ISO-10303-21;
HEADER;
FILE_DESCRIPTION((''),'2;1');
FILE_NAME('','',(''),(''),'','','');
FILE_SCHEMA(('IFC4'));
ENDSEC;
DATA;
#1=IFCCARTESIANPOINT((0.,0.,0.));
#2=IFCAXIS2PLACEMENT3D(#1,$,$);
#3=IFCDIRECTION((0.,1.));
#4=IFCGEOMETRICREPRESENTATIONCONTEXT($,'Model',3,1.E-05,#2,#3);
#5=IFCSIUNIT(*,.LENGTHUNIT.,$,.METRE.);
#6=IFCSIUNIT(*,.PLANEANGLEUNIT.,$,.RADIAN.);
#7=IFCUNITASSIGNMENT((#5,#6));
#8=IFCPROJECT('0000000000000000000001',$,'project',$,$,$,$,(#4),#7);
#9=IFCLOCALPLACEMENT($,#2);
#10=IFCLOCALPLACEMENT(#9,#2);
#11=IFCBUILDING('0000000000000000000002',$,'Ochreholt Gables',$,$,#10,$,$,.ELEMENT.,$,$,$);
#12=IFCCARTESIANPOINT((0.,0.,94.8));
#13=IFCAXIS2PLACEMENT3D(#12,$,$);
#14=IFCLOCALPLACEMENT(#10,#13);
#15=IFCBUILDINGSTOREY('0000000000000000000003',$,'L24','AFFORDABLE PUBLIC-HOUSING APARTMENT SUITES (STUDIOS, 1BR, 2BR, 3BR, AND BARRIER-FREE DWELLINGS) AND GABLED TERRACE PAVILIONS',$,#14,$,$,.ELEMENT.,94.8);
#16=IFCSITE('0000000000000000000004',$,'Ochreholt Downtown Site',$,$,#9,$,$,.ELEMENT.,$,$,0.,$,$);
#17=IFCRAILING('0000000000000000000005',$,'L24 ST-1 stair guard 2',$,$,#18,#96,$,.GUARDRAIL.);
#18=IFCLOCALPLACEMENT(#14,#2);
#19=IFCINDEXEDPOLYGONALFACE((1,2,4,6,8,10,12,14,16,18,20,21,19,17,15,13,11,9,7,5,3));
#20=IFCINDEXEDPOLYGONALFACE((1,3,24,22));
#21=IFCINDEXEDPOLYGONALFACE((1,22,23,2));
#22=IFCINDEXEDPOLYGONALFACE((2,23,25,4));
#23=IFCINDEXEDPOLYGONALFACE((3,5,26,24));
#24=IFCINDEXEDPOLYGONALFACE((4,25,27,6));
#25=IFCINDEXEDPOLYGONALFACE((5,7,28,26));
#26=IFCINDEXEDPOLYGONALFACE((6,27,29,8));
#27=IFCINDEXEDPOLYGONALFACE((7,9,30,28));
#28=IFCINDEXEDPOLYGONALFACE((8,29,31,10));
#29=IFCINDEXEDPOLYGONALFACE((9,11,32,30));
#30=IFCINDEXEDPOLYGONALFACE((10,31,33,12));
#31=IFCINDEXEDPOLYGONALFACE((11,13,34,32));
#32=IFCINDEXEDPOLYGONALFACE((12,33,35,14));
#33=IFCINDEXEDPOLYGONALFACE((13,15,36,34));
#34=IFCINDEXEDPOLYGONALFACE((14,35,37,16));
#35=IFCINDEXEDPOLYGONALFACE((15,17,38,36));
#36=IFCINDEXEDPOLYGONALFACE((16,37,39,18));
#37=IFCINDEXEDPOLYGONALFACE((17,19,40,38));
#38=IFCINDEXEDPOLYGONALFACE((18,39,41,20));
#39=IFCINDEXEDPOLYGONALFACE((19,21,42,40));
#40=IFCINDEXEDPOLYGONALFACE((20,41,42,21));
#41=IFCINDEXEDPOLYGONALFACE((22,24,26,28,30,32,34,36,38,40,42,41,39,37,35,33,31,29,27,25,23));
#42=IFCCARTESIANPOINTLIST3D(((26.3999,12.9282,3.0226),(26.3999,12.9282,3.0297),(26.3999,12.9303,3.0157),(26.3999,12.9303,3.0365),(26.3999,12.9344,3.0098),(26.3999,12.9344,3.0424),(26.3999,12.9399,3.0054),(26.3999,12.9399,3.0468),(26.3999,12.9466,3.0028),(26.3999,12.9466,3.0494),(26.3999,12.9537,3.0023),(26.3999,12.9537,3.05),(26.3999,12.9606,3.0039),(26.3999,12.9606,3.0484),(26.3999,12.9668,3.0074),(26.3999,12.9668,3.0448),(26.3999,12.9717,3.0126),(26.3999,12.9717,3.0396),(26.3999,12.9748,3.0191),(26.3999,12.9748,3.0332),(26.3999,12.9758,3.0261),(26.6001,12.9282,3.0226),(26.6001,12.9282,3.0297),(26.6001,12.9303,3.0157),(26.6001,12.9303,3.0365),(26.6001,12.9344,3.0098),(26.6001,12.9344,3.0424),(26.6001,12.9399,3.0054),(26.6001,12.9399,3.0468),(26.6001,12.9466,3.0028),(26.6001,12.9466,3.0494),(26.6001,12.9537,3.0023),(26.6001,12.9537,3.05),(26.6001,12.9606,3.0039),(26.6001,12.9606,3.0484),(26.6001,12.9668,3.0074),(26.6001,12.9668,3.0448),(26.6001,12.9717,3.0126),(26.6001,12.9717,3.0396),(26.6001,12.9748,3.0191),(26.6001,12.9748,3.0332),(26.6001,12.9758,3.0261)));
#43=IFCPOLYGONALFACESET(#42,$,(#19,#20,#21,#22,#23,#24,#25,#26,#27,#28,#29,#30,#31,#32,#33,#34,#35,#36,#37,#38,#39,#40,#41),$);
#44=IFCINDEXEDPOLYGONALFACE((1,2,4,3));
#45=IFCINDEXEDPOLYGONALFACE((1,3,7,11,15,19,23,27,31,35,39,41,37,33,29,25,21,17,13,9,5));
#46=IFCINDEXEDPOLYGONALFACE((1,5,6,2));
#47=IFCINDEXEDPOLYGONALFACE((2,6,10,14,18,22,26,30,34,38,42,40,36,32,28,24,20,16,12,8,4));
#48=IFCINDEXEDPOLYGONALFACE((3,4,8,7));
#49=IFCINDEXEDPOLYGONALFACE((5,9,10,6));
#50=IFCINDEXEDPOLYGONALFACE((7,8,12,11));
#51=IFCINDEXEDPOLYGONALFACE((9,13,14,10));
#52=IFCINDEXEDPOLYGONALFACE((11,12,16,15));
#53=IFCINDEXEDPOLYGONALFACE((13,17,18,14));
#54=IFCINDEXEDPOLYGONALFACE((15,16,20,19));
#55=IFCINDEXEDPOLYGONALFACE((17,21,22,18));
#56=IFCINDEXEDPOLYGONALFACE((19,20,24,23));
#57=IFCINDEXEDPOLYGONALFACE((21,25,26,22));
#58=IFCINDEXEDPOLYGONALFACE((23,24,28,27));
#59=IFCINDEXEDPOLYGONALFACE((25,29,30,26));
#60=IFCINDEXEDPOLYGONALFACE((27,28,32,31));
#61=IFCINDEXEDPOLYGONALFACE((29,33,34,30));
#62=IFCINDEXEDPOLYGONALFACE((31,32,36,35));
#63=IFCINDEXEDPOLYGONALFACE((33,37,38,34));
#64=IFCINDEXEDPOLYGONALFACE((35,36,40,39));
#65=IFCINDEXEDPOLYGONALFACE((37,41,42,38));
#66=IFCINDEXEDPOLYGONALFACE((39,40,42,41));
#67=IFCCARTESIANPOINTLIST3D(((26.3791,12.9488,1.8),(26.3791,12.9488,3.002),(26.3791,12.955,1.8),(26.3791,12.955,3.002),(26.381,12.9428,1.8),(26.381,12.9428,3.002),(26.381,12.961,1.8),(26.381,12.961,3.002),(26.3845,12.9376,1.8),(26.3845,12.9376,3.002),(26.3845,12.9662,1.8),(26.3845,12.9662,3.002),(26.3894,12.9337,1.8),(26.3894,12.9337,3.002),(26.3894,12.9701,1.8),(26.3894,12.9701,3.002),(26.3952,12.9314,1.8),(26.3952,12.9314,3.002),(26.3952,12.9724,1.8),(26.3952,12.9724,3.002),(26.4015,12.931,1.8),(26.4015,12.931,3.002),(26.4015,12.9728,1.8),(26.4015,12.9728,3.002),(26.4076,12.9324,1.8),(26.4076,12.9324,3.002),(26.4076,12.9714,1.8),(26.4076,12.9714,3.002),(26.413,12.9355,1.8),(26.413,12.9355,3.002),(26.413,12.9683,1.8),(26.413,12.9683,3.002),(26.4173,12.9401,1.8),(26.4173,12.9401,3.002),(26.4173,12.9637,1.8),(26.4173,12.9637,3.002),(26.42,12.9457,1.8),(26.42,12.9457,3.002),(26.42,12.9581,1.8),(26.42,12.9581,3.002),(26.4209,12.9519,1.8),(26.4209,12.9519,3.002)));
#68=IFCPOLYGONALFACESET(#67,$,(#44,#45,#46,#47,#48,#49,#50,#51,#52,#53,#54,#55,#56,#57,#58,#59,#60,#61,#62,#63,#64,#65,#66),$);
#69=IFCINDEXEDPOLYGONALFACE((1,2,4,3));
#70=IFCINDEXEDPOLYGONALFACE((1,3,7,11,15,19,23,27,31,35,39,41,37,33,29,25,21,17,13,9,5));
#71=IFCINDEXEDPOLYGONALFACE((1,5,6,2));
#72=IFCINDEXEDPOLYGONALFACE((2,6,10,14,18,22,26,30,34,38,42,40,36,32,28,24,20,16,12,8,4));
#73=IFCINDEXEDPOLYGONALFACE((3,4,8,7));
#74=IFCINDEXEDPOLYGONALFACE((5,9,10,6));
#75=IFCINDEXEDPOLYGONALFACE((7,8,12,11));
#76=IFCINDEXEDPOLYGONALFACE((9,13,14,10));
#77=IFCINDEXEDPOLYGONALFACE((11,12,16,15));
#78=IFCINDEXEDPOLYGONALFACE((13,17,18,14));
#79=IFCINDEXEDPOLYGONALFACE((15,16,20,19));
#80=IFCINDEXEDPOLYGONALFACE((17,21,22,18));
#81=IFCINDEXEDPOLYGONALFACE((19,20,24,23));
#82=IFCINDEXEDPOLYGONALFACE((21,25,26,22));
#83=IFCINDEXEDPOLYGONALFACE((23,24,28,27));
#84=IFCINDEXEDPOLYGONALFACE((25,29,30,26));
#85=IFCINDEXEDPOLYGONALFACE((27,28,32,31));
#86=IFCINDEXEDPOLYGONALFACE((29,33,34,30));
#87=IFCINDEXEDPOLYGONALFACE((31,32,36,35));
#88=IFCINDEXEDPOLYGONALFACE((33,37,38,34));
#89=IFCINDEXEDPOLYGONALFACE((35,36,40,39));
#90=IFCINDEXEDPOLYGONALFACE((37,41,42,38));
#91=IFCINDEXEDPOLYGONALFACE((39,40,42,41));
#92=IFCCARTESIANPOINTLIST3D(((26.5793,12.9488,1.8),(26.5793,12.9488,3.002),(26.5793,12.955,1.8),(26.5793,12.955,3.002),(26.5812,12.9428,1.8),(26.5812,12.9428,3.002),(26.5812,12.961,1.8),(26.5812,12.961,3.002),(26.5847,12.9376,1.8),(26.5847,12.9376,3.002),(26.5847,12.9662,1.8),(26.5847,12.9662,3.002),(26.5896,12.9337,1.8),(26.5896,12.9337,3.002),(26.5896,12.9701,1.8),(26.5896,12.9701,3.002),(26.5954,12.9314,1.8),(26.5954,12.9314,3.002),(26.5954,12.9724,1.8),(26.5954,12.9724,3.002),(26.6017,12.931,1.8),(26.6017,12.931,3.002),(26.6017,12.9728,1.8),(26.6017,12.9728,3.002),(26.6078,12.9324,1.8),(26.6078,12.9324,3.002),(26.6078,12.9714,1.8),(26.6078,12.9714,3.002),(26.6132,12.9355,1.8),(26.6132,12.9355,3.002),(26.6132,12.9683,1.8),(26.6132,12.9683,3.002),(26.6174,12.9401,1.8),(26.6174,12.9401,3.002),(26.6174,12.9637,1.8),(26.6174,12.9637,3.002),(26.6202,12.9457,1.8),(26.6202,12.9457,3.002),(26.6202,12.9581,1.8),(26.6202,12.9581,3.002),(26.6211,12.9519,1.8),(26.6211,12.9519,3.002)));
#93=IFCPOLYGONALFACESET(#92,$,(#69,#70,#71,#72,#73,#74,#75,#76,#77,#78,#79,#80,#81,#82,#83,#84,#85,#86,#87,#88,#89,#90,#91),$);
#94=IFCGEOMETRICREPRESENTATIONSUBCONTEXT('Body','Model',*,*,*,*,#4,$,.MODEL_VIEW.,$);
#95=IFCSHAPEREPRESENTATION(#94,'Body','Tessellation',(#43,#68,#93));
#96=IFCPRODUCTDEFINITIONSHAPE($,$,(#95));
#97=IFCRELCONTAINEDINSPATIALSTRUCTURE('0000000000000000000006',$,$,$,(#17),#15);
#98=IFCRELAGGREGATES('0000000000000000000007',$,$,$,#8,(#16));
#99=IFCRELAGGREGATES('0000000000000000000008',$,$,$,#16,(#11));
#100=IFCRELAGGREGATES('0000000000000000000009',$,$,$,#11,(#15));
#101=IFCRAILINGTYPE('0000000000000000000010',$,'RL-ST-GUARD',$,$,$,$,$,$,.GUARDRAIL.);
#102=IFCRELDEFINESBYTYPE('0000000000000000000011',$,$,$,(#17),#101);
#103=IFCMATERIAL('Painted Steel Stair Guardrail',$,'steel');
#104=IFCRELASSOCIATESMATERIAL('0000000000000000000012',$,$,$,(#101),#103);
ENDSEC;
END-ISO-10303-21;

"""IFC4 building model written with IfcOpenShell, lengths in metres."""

from ifc_helpers import new_model, si_unit, direction, frame, origin, origin_2d, place, context, subcontext, project, spatial, circle, extrude, material, type_object, element, save


model = new_model("IFC4")

# Units and contexts
model_context = context("Model", 3, precision=1e-05, world=origin(), true_north=direction((0.0, 1.0)))
body_context = subcontext(model_context, "Body", "Model", "MODEL_VIEW")
ifc_project = project(units=[si_unit("LENGTHUNIT", "METRE"), si_unit("PLANEANGLEUNIT", "RADIAN")], contexts=[model_context])

# Site, building, storey
site_placement = place(None, origin())
site = spatial("IfcSite", under=ifc_project, at=site_placement, Name="Ochreholt Downtown Site", CompositionType="ELEMENT", RefElevation=0.0)
building_placement = place(site_placement, origin())
building = spatial("IfcBuilding", under=site, at=building_placement, Name="Ochreholt Gables", CompositionType="ELEMENT")
storey_placement = place(building_placement, frame((0.0, 0.0, 94.8)))
storey = spatial("IfcBuildingStorey", under=building, at=storey_placement, Name="L24", Description="AFFORDABLE PUBLIC-HOUSING APARTMENT SUITES (STUDIOS, 1BR, 2BR, 3BR, AND BARRIER-FREE DWELLINGS) AND GABLED TERRACE PAVILIONS", CompositionType="ELEMENT", Elevation=94.8)

# Railing
ifc_material_1 = material(Name="Painted Steel Stair Guardrail", Category="steel")
railing_type_1 = type_object("IfcRailingType", Name="RL-ST-GUARD", PredefinedType="GUARDRAIL", material=ifc_material_1)
railing_1_placement = place(storey_placement, frame((26.3999, 12.9519, 1.8)))
element("IfcRailing", 1, at=railing_1_placement, inside=storey, type_object=railing_type_1, Name="L24 ST-1 stair guard 2", PredefinedType="GUARDRAIL", context=body_context, shape_type="SweptSolid", body=[
    extrude(circle(Radius=0.0239, at=origin_2d()), frame((0.0, 0.0, 1.2261), z_axis=(1.0, 0.0, 0.0), x_axis=(0.0, 1.0, 0.0)), (0.0, 0.0, 1.0), 0.2002),
    extrude(circle(Radius=0.021, at=origin_2d()), origin(), (0.0, 0.0, 1.0), 1.2019),
    extrude(circle(Radius=0.021, at=origin_2d()), frame((0.2002, 0.0, 0.0)), (0.0, 0.0, 1.0), 1.2019),
])

save(model, "model.ifc")
